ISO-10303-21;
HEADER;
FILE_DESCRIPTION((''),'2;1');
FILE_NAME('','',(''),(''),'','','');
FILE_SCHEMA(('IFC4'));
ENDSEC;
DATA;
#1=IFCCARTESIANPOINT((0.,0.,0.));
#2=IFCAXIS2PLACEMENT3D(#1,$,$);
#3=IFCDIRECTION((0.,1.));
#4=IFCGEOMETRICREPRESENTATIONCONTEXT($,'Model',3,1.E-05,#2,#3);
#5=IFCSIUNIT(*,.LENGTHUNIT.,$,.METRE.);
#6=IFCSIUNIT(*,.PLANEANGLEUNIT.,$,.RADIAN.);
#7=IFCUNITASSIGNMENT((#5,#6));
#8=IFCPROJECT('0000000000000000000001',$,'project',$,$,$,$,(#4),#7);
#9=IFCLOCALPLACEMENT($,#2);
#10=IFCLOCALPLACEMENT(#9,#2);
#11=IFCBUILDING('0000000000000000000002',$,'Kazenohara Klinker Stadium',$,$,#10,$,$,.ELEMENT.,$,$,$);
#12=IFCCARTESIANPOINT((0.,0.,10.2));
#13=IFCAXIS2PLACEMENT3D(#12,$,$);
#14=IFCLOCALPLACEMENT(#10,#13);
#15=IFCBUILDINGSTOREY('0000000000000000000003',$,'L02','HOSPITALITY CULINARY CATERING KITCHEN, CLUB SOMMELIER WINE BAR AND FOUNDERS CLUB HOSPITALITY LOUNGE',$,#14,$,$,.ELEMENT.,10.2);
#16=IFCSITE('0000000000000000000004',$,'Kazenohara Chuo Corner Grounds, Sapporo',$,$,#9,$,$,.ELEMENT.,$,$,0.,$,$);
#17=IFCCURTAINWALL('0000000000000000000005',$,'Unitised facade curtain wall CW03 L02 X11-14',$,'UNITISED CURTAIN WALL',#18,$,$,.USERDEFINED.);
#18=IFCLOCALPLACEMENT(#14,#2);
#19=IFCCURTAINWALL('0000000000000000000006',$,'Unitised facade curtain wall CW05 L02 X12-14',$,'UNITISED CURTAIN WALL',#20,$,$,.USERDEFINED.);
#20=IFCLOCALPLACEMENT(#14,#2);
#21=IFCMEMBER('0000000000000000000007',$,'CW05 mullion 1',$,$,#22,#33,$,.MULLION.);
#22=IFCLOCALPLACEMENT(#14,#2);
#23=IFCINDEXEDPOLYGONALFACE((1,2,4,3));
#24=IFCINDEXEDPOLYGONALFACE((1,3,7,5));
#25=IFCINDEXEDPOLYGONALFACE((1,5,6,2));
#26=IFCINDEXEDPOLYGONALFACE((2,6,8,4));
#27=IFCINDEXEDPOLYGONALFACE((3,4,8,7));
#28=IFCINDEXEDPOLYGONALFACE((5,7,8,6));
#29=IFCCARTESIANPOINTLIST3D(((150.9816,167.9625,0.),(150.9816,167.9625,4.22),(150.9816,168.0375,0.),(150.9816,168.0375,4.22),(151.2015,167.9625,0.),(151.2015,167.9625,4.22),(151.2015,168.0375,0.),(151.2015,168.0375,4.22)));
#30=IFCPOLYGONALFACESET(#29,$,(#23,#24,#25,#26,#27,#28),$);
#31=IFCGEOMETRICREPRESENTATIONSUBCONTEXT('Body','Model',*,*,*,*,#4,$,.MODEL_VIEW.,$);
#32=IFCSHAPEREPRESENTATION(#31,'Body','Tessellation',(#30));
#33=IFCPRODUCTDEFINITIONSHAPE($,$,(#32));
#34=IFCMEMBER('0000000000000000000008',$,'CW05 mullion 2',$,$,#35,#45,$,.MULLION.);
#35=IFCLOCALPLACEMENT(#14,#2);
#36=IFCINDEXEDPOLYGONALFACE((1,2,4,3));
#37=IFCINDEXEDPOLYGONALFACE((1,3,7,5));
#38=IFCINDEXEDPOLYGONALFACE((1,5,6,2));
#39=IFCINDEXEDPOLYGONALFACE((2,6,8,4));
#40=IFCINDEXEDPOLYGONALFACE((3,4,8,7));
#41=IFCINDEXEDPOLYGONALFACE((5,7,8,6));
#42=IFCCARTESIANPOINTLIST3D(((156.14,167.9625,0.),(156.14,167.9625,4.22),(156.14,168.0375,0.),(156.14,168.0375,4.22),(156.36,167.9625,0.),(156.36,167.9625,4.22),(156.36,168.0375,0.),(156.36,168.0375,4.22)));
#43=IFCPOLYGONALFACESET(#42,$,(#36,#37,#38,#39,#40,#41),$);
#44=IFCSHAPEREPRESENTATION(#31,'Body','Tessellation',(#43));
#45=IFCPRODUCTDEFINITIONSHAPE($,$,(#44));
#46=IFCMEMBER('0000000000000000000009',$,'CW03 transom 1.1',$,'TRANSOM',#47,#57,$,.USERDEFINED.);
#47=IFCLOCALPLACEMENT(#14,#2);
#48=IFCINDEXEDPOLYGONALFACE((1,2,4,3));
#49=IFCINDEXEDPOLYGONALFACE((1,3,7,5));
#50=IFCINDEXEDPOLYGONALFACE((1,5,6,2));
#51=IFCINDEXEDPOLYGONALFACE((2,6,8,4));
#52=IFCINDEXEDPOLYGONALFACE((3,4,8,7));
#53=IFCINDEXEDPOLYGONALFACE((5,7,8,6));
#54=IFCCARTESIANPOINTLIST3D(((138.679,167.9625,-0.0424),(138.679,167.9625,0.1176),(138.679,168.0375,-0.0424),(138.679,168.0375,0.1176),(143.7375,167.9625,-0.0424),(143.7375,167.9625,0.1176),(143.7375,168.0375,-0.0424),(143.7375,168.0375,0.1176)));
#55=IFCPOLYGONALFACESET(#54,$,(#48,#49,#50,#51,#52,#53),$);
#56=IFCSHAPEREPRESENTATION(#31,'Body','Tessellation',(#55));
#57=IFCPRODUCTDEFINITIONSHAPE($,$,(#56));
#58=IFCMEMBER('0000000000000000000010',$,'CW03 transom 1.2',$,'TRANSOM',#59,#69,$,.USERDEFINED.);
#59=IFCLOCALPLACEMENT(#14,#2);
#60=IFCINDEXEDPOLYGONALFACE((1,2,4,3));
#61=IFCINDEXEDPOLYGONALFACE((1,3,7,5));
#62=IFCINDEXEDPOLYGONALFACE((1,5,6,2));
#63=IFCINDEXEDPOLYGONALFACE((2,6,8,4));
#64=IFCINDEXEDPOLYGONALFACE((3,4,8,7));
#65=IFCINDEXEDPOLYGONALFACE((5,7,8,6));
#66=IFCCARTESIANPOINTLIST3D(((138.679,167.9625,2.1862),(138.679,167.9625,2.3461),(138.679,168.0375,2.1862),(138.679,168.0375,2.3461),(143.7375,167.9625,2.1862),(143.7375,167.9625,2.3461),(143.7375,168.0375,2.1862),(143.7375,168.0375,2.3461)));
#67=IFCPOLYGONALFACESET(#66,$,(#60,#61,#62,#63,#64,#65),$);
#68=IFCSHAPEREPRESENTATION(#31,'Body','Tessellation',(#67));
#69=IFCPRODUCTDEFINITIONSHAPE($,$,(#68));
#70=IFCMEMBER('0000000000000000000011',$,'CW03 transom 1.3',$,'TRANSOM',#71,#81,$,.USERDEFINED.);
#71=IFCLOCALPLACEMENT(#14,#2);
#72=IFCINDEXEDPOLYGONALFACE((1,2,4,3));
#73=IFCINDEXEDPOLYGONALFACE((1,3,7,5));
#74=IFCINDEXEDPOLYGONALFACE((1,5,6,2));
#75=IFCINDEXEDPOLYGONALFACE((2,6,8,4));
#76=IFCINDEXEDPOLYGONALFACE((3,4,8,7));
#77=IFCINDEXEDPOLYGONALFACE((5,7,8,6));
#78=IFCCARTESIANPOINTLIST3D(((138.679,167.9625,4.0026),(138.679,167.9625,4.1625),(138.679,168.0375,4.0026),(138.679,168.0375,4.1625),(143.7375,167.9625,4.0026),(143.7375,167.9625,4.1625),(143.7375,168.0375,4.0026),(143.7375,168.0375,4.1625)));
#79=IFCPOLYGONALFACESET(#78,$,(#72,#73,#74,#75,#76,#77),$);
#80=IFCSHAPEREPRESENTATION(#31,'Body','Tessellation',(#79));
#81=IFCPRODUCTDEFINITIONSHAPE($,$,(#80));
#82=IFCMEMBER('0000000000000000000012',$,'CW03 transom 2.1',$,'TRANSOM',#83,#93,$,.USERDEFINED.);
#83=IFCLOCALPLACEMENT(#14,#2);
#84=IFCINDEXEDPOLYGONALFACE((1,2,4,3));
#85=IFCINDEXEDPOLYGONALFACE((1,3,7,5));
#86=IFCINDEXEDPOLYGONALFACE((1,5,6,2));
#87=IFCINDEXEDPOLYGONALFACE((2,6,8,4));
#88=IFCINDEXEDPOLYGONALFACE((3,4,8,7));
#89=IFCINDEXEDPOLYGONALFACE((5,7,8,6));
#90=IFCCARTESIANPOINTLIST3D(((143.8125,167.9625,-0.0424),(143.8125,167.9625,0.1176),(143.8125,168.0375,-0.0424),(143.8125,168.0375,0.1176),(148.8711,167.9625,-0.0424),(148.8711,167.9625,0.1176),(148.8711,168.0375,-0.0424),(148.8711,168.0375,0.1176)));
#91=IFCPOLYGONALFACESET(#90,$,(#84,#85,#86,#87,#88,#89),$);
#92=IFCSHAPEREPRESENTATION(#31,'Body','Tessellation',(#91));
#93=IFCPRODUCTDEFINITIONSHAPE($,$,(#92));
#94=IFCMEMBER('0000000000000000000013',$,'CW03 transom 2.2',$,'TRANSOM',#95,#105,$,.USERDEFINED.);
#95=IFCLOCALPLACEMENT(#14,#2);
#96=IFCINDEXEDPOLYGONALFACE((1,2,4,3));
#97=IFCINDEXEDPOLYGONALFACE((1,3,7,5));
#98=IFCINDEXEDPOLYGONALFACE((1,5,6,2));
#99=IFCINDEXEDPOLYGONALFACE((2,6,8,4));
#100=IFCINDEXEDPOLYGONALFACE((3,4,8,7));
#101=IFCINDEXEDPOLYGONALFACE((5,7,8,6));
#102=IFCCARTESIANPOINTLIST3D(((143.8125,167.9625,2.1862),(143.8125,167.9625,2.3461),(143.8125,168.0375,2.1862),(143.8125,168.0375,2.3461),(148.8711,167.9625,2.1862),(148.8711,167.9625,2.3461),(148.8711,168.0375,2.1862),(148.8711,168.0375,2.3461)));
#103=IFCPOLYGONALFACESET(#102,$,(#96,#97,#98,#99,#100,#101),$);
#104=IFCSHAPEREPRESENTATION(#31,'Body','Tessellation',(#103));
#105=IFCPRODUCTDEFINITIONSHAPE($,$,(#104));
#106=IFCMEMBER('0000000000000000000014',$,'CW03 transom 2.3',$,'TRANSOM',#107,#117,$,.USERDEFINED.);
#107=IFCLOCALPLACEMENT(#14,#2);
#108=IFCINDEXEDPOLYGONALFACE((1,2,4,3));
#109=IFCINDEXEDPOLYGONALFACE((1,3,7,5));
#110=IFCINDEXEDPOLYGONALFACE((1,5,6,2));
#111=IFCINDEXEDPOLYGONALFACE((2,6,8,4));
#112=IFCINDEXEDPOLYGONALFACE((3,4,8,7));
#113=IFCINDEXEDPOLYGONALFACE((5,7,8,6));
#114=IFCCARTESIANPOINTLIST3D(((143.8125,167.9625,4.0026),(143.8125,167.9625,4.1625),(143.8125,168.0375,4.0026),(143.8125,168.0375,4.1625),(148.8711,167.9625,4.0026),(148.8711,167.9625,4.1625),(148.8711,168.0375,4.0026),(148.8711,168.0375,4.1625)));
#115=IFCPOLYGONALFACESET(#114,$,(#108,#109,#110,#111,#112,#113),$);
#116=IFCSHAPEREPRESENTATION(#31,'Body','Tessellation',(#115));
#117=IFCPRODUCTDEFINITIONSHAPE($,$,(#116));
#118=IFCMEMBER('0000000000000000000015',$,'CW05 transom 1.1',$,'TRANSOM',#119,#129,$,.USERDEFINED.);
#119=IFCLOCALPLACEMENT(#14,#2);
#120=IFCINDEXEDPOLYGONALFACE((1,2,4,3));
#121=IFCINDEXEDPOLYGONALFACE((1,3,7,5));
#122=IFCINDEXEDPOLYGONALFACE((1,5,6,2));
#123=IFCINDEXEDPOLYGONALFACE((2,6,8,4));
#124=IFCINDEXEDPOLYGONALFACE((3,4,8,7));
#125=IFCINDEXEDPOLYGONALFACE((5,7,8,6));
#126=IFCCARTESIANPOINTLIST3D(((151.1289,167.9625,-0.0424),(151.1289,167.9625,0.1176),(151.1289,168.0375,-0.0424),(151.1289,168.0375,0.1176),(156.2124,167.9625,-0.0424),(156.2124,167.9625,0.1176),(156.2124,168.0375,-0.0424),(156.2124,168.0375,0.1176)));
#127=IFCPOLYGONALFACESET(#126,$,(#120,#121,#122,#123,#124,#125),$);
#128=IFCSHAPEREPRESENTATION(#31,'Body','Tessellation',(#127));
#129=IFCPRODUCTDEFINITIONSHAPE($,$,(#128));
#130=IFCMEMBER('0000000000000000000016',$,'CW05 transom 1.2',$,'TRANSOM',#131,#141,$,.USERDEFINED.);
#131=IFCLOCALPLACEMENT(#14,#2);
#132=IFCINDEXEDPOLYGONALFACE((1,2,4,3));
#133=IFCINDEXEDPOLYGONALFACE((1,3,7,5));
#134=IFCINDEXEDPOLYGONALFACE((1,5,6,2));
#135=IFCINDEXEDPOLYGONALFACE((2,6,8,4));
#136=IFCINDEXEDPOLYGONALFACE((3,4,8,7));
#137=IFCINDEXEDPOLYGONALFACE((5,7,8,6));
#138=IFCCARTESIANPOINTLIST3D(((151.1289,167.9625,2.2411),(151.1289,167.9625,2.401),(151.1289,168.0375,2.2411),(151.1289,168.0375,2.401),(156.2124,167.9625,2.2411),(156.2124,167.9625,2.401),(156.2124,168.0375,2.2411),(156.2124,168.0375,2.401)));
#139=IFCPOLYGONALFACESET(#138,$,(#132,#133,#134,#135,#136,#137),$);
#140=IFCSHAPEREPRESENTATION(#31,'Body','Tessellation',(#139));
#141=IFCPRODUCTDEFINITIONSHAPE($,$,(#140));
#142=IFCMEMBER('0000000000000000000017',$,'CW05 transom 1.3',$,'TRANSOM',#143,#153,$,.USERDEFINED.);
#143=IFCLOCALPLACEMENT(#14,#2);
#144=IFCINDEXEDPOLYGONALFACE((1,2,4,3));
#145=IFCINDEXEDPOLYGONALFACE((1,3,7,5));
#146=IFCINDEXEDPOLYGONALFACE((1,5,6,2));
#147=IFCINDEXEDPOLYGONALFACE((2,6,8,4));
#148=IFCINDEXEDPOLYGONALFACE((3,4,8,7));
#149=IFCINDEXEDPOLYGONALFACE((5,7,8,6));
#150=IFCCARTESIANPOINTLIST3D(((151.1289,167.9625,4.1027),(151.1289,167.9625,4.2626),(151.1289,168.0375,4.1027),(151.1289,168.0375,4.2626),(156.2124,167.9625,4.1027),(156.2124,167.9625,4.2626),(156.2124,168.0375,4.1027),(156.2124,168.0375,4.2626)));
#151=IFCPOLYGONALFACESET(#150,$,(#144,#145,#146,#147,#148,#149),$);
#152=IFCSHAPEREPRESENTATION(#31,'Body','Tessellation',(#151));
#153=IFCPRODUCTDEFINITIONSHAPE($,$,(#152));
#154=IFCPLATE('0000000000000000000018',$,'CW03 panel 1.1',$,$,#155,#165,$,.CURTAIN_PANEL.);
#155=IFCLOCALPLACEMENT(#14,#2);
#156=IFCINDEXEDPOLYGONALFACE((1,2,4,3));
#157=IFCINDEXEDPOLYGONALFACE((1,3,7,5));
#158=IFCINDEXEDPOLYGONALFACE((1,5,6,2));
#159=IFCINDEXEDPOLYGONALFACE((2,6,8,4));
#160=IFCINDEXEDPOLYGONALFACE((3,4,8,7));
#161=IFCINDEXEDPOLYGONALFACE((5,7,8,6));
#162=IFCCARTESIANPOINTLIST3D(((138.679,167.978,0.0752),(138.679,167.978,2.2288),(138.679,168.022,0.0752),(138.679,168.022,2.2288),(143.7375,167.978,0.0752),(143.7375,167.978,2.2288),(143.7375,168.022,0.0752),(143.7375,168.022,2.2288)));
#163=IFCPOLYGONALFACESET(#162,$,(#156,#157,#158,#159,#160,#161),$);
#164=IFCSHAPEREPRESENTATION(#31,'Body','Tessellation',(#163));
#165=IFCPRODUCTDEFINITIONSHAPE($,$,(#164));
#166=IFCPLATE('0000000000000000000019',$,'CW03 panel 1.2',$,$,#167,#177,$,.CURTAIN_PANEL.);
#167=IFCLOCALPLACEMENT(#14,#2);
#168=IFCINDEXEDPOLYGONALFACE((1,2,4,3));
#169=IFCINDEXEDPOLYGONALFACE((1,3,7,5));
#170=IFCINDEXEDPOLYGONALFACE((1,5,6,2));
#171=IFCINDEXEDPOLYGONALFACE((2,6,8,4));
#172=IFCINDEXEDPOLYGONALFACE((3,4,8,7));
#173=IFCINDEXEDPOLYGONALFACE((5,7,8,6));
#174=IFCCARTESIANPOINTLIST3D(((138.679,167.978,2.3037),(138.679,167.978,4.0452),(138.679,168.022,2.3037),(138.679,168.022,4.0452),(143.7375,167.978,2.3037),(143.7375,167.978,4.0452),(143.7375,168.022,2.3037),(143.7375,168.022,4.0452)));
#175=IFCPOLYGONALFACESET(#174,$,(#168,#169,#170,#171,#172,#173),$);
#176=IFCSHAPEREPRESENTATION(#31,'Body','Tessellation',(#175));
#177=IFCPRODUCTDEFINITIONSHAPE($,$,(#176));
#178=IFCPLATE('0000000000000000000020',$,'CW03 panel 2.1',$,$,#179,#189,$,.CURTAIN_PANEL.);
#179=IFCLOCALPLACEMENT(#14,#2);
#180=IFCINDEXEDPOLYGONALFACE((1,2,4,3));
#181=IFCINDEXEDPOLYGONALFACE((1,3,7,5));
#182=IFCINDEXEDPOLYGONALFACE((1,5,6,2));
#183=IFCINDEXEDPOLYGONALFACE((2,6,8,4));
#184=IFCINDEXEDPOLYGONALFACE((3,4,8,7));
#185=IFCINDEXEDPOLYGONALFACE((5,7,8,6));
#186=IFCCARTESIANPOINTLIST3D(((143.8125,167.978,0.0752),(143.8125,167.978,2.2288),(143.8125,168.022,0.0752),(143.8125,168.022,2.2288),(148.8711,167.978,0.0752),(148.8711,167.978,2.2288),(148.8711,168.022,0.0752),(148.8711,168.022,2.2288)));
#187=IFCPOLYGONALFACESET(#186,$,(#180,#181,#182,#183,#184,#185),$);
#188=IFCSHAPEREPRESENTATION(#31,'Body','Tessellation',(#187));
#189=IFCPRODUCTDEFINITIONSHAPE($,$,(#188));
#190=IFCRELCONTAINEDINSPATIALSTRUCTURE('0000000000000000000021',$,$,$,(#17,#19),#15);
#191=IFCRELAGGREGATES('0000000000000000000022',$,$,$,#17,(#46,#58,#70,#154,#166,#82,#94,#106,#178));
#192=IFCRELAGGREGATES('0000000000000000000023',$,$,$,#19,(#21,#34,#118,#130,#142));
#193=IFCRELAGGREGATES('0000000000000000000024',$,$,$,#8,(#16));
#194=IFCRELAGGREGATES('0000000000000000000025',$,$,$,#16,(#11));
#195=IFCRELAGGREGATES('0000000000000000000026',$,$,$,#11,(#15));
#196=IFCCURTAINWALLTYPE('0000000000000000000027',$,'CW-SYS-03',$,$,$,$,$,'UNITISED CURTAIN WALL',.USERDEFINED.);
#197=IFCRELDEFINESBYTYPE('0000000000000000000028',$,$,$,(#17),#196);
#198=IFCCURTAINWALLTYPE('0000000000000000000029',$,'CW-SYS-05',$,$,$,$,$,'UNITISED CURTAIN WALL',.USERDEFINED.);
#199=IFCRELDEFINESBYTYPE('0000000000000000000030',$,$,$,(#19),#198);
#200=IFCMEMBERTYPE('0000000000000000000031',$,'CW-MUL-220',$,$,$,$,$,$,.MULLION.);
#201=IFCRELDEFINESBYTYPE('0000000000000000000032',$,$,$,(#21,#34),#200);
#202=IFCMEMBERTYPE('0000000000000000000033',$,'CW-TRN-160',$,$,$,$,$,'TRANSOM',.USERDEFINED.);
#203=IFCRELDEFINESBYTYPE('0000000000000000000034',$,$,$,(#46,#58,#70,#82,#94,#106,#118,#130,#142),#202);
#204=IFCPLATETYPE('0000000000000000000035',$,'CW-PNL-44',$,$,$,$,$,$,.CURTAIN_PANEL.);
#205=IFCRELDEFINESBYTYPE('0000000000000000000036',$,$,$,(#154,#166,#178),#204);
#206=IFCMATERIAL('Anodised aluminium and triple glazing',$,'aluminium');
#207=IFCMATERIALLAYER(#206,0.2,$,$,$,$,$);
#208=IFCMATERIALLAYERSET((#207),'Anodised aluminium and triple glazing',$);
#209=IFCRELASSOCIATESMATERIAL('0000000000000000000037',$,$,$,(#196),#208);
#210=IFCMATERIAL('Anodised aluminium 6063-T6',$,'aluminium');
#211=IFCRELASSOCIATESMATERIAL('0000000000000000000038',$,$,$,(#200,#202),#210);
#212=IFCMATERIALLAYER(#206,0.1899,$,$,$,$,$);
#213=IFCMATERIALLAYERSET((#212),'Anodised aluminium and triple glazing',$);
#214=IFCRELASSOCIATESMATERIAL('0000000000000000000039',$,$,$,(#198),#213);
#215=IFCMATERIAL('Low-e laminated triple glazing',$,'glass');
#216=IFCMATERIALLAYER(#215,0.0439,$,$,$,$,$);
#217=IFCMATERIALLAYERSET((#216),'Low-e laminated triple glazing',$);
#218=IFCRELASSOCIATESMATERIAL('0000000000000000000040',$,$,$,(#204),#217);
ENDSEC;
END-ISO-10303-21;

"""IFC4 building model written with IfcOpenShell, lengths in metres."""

from ifc_helpers import new_model, si_unit, direction, frame, origin, origin_2d, place, context, subcontext, project, spatial, rectangle, extrude, material, layer, layer_set, material_profile, profile_set, type_object, element, aggregate, save


model = new_model("IFC4")

# Units and contexts
model_context = context("Model", 3, precision=1e-05, world=origin(), true_north=direction((0.0, 1.0)))
body_context = subcontext(model_context, "Body", "Model", "MODEL_VIEW")
ifc_project = project(units=[si_unit("LENGTHUNIT", "METRE"), si_unit("PLANEANGLEUNIT", "RADIAN")], contexts=[model_context])

# Site, building, storey
site_placement = place(None, origin())
site = spatial("IfcSite", under=ifc_project, at=site_placement, Name="Kazenohara Chuo Corner Grounds, Sapporo", CompositionType="ELEMENT", RefElevation=0.0)
building_placement = place(site_placement, origin())
building = spatial("IfcBuilding", under=site, at=building_placement, Name="Kazenohara Klinker Stadium", CompositionType="ELEMENT")
storey_placement = place(building_placement, frame((0.0, 0.0, 10.2)))
storey = spatial("IfcBuildingStorey", under=building, at=storey_placement, Name="L02", Description="HOSPITALITY CULINARY CATERING KITCHEN, CLUB SOMMELIER WINE BAR AND FOUNDERS CLUB HOSPITALITY LOUNGE", CompositionType="ELEMENT", Elevation=10.2)

# Curtain walls, members
ifc_material_1 = material(Name="Anodised aluminium and triple glazing", Category="aluminium")
ifc_layer_1 = layer(ifc_material_1, 0.2)
ifc_layer_set_1 = layer_set([ifc_layer_1], Name="Anodised aluminium and triple glazing")
curtain_wall_type_1 = type_object("IfcCurtainWallType", Name="CW-SYS-03", ElementType="UNITISED CURTAIN WALL", PredefinedType="USERDEFINED", material=ifc_layer_set_1)
curtain_wall_1_placement = place(storey_placement, origin())
curtain_wall_1 = element("IfcCurtainWall", 1, at=curtain_wall_1_placement, inside=storey, type_object=curtain_wall_type_1, Name="Unitised facade curtain wall CW03 L02 X11-14", ObjectType="UNITISED CURTAIN WALL", PredefinedType="USERDEFINED")
ifc_material_2 = material(Name="Anodised aluminium 6063-T6", Category="aluminium")
ifc_material_profile_1 = material_profile(ifc_material_2, rectangle(XDim=0.075, YDim=0.22, at=origin_2d()), Name="ALU-MUL-75x220")
ifc_profile_set_1 = profile_set([ifc_material_profile_1], Name="Anodised aluminium 6063-T6")
member_type_1 = type_object("IfcMemberType", Name="CW-MUL-220", PredefinedType="MULLION", material=ifc_profile_set_1)
ifc_layer_2 = layer(ifc_material_1, 0.1899)
ifc_layer_set_2 = layer_set([ifc_layer_2], Name="Anodised aluminium and triple glazing")
curtain_wall_type_2 = type_object("IfcCurtainWallType", Name="CW-SYS-05", ElementType="UNITISED CURTAIN WALL", PredefinedType="USERDEFINED", material=ifc_layer_set_2)
curtain_wall_2_placement = place(storey_placement, origin())
curtain_wall_2 = element("IfcCurtainWall", 2, at=curtain_wall_2_placement, inside=storey, type_object=curtain_wall_type_2, Name="Unitised facade curtain wall CW05 L02 X12-14", ObjectType="UNITISED CURTAIN WALL", PredefinedType="USERDEFINED")
member_1_placement = place(storey_placement, frame((151.0916, 168.0, 0.0), z_axis=(0.0, 0.0, 1.0), x_axis=(0.0, 1.0, 0.0)))
member_1 = element("IfcMember", 3, at=member_1_placement, type_object=member_type_1, Name="CW05 mullion 1", PredefinedType="MULLION", context=body_context, shape_type="SweptSolid", body=[
    extrude(rectangle(XDim=0.075, YDim=0.22, at=origin_2d()), origin(), (0.0, 0.0, 1.0), 4.22),
])
member_2_placement = place(storey_placement, frame((156.25, 168.0, 0.0), z_axis=(0.0, 0.0, 1.0), x_axis=(0.0, 1.0, 0.0)))
member_2 = element("IfcMember", 4, at=member_2_placement, type_object=member_type_1, Name="CW05 mullion 2", PredefinedType="MULLION", context=body_context, shape_type="SweptSolid", body=[
    extrude(rectangle(XDim=0.075, YDim=0.22, at=origin_2d()), origin(), (0.0, 0.0, 1.0), 4.22),
])

# Members
ifc_material_profile_2 = material_profile(ifc_material_2, rectangle(XDim=0.075, YDim=0.1599, at=origin_2d()), Name="ALU-TRN-75x160")
ifc_profile_set_2 = profile_set([ifc_material_profile_2], Name="Anodised aluminium 6063-T6")
member_type_2 = type_object("IfcMemberType", Name="CW-TRN-160", ElementType="TRANSOM", PredefinedType="USERDEFINED", material=ifc_profile_set_2)
member_3_placement = place(storey_placement, frame((138.679, 168.0, 0.0376), z_axis=(1.0, 0.0, 0.0), x_axis=(0.0, 1.0, 0.0)))
member_3 = element("IfcMember", 5, at=member_3_placement, type_object=member_type_2, Name="CW03 transom 1.1", ObjectType="TRANSOM", PredefinedType="USERDEFINED", context=body_context, shape_type="SweptSolid", body=[
    extrude(rectangle(XDim=0.075, YDim=0.1599, at=origin_2d()), origin(), (0.0, 0.0, 1.0), 5.0586),
])
member_4_placement = place(storey_placement, frame((138.679, 168.0, 2.2661), z_axis=(1.0, 0.0, 0.0), x_axis=(0.0, 1.0, 0.0)))
member_4 = element("IfcMember", 6, at=member_4_placement, type_object=member_type_2, Name="CW03 transom 1.2", ObjectType="TRANSOM", PredefinedType="USERDEFINED", context=body_context, shape_type="SweptSolid", body=[
    extrude(rectangle(XDim=0.075, YDim=0.1599, at=origin_2d()), origin(), (0.0, 0.0, 1.0), 5.0586),
])
member_5_placement = place(storey_placement, frame((138.679, 168.0, 4.0825), z_axis=(1.0, 0.0, 0.0), x_axis=(0.0, 1.0, 0.0)))
member_5 = element("IfcMember", 7, at=member_5_placement, type_object=member_type_2, Name="CW03 transom 1.3", ObjectType="TRANSOM", PredefinedType="USERDEFINED", context=body_context, shape_type="SweptSolid", body=[
    extrude(rectangle(XDim=0.075, YDim=0.1599, at=origin_2d()), origin(), (0.0, 0.0, 1.0), 5.0586),
])
member_6_placement = place(storey_placement, frame((143.8125, 168.0, 0.0376), z_axis=(1.0, 0.0, 0.0), x_axis=(0.0, 1.0, 0.0)))
member_6 = element("IfcMember", 8, at=member_6_placement, type_object=member_type_2, Name="CW03 transom 2.1", ObjectType="TRANSOM", PredefinedType="USERDEFINED", context=body_context, shape_type="SweptSolid", body=[
    extrude(rectangle(XDim=0.075, YDim=0.1599, at=origin_2d()), origin(), (0.0, 0.0, 1.0), 5.0586),
])
member_7_placement = place(storey_placement, frame((143.8125, 168.0, 2.2661), z_axis=(1.0, 0.0, 0.0), x_axis=(0.0, 1.0, 0.0)))
member_7 = element("IfcMember", 9, at=member_7_placement, type_object=member_type_2, Name="CW03 transom 2.2", ObjectType="TRANSOM", PredefinedType="USERDEFINED", context=body_context, shape_type="SweptSolid", body=[
    extrude(rectangle(XDim=0.075, YDim=0.1599, at=origin_2d()), origin(), (0.0, 0.0, 1.0), 5.0586),
])
member_8_placement = place(storey_placement, frame((143.8125, 168.0, 4.0825), z_axis=(1.0, 0.0, 0.0), x_axis=(0.0, 1.0, 0.0)))
member_8 = element("IfcMember", 10, at=member_8_placement, type_object=member_type_2, Name="CW03 transom 2.3", ObjectType="TRANSOM", PredefinedType="USERDEFINED", context=body_context, shape_type="SweptSolid", body=[
    extrude(rectangle(XDim=0.075, YDim=0.1599, at=origin_2d()), origin(), (0.0, 0.0, 1.0), 5.0586),
])
member_9_placement = place(storey_placement, frame((151.1289, 168.0, 0.0376), z_axis=(1.0, 0.0, 0.0), x_axis=(0.0, 1.0, 0.0)))
member_9 = element("IfcMember", 11, at=member_9_placement, type_object=member_type_2, Name="CW05 transom 1.1", ObjectType="TRANSOM", PredefinedType="USERDEFINED", context=body_context, shape_type="SweptSolid", body=[
    extrude(rectangle(XDim=0.075, YDim=0.1599, at=origin_2d()), origin(), (0.0, 0.0, 1.0), 5.0835),
])
member_10_placement = place(storey_placement, frame((151.1289, 168.0, 2.321), z_axis=(1.0, 0.0, 0.0), x_axis=(0.0, 1.0, 0.0)))
member_10 = element("IfcMember", 12, at=member_10_placement, type_object=member_type_2, Name="CW05 transom 1.2", ObjectType="TRANSOM", PredefinedType="USERDEFINED", context=body_context, shape_type="SweptSolid", body=[
    extrude(rectangle(XDim=0.075, YDim=0.1599, at=origin_2d()), origin(), (0.0, 0.0, 1.0), 5.0835),
])
member_11_placement = place(storey_placement, frame((151.1289, 168.0, 4.1826), z_axis=(1.0, 0.0, 0.0), x_axis=(0.0, 1.0, 0.0)))
member_11 = element("IfcMember", 13, at=member_11_placement, type_object=member_type_2, Name="CW05 transom 1.3", ObjectType="TRANSOM", PredefinedType="USERDEFINED", context=body_context, shape_type="SweptSolid", body=[
    extrude(rectangle(XDim=0.075, YDim=0.1599, at=origin_2d()), origin(), (0.0, 0.0, 1.0), 5.0835),
])

# Plates
ifc_material_3 = material(Name="Low-e laminated triple glazing", Category="glass")
ifc_layer_3 = layer(ifc_material_3, 0.0439)
ifc_layer_set_3 = layer_set([ifc_layer_3], Name="Low-e laminated triple glazing")
plate_type = type_object("IfcPlateType", Name="CW-PNL-44", PredefinedType="CURTAIN_PANEL", material=ifc_layer_set_3)
plate_1_placement = place(storey_placement, frame((141.2083, 168.0, 0.0752), z_axis=(0.0, 0.0, 1.0), x_axis=(1.0, 0.0, 0.0)))
plate_1 = element("IfcPlate", 14, at=plate_1_placement, type_object=plate_type, Name="CW03 panel 1.1", PredefinedType="CURTAIN_PANEL", context=body_context, shape_type="SweptSolid", body=[
    extrude(rectangle(XDim=5.0586, YDim=0.0439, at=origin_2d()), origin(), (0.0, 0.0, 1.0), 2.1536),
])
plate_2_placement = place(storey_placement, frame((141.2083, 168.0, 2.3037), z_axis=(0.0, 0.0, 1.0), x_axis=(1.0, 0.0, 0.0)))
plate_2 = element("IfcPlate", 15, at=plate_2_placement, type_object=plate_type, Name="CW03 panel 1.2", PredefinedType="CURTAIN_PANEL", context=body_context, shape_type="SweptSolid", body=[
    extrude(rectangle(XDim=5.0586, YDim=0.0439, at=origin_2d()), origin(), (0.0, 0.0, 1.0), 1.7415),
])
plate_3_placement = place(storey_placement, frame((146.3418, 168.0, 0.0752), z_axis=(0.0, 0.0, 1.0), x_axis=(1.0, 0.0, 0.0)))
plate_3 = element("IfcPlate", 16, at=plate_3_placement, type_object=plate_type, Name="CW03 panel 2.1", PredefinedType="CURTAIN_PANEL", context=body_context, shape_type="SweptSolid", body=[
    extrude(rectangle(XDim=5.0586, YDim=0.0439, at=origin_2d()), origin(), (0.0, 0.0, 1.0), 2.1536),
])
aggregate(curtain_wall_1, [member_3, member_4, member_5, plate_1, plate_2, member_6, member_7, member_8, plate_3])
aggregate(curtain_wall_2, [member_1, member_2, member_9, member_10, member_11])

save(model, "model.ifc")
